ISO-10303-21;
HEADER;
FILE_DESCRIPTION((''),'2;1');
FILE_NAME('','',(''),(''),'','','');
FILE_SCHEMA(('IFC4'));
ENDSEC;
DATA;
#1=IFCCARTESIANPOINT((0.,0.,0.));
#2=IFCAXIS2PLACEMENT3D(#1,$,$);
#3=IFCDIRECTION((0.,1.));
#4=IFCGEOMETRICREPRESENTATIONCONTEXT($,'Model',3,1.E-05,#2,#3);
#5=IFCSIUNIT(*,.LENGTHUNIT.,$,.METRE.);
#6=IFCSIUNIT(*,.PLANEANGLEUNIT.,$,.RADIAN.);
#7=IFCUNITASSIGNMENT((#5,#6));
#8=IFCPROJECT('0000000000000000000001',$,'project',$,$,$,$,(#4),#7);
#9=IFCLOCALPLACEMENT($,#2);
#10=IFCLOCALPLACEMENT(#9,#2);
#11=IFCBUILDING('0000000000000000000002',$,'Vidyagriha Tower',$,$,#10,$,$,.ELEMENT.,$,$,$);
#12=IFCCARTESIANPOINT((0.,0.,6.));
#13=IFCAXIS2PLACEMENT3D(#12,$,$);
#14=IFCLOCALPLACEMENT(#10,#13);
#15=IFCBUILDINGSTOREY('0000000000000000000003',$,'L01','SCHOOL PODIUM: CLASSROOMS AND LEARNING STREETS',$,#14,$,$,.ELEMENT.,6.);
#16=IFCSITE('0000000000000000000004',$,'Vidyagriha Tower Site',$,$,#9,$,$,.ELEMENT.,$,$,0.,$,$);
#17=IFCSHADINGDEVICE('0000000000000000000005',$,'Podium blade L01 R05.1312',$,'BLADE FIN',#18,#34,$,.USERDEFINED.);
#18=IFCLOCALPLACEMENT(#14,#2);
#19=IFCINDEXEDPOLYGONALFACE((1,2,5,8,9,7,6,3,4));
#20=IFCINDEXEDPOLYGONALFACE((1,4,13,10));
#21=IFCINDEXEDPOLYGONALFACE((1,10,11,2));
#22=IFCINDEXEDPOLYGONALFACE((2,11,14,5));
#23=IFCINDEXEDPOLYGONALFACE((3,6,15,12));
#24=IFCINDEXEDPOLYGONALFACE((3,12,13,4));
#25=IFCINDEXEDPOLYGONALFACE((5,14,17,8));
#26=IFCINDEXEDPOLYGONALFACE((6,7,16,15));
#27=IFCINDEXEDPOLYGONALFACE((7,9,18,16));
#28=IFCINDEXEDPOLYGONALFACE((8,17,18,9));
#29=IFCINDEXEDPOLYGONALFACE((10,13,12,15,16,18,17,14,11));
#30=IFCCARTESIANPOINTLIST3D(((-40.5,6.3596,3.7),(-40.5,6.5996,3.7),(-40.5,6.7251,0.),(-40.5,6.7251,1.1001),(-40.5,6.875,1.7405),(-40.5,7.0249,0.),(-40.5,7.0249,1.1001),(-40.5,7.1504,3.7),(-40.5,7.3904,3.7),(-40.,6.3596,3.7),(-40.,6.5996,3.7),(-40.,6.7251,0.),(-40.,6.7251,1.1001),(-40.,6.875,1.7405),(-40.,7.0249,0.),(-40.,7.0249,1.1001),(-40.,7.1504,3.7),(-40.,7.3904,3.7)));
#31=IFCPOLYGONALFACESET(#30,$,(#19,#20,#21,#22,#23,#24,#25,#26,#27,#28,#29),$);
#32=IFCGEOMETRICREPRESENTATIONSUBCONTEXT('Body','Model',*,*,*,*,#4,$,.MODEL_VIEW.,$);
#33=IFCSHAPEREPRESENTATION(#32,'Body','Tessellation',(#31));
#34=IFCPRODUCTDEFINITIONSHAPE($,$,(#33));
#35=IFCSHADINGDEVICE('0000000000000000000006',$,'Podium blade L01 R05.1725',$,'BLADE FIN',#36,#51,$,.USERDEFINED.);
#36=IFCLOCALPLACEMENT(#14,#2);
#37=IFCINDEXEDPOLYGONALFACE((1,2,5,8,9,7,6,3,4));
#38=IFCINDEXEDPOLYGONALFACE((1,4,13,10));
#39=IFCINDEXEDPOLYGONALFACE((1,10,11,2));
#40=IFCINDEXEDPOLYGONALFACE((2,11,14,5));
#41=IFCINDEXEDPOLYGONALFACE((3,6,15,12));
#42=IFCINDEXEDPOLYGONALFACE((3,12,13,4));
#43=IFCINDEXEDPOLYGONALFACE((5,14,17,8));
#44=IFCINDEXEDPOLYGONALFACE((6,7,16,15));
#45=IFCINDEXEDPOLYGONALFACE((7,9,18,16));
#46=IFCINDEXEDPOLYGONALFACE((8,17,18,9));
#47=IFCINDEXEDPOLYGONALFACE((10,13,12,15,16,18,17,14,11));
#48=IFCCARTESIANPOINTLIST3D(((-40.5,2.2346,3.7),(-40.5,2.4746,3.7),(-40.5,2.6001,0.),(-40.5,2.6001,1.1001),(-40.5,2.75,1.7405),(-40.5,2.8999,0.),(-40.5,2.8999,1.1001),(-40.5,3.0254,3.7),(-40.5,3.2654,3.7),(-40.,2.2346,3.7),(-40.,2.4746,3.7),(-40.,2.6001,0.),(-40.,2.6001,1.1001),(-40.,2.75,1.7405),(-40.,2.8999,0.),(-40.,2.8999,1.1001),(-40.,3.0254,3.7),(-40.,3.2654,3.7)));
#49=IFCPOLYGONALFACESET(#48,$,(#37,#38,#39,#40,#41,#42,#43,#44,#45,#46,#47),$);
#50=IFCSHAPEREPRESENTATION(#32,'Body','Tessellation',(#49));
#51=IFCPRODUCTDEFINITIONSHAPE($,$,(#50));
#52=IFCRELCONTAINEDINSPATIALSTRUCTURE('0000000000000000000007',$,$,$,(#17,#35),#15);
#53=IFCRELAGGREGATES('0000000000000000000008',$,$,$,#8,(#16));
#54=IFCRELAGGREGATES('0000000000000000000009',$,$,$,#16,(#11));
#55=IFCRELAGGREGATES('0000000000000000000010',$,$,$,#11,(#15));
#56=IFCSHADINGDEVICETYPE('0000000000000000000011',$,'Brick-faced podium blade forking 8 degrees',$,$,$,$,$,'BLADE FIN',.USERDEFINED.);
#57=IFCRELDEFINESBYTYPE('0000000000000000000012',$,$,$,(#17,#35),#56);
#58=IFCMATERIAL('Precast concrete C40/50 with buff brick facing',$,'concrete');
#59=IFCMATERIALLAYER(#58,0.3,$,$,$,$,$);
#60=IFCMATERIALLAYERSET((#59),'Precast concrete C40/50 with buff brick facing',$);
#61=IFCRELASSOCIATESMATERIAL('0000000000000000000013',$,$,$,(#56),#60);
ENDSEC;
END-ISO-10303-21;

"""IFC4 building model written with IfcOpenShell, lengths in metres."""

from ifc_helpers import new_model, si_unit, direction, frame, origin, place, context, subcontext, project, spatial, polyline, outline, extrude, material, layer, layer_set, type_object, element, save


model = new_model("IFC4")

# Units and contexts
model_context = context("Model", 3, precision=1e-05, world=origin(), true_north=direction((0.0, 1.0)))
body_context = subcontext(model_context, "Body", "Model", "MODEL_VIEW")
ifc_project = project(units=[si_unit("LENGTHUNIT", "METRE"), si_unit("PLANEANGLEUNIT", "RADIAN")], contexts=[model_context])

# Site, building, storey
site_placement = place(None, origin())
site = spatial("IfcSite", under=ifc_project, at=site_placement, Name="Vidyagriha Tower Site", CompositionType="ELEMENT", RefElevation=0.0)
building_placement = place(site_placement, origin())
building = spatial("IfcBuilding", under=site, at=building_placement, Name="Vidyagriha Tower", CompositionType="ELEMENT")
storey_placement = place(building_placement, frame((0.0, 0.0, 6.0)))
storey = spatial("IfcBuildingStorey", under=building, at=storey_placement, Name="L01", Description="SCHOOL PODIUM: CLASSROOMS AND LEARNING STREETS", CompositionType="ELEMENT", Elevation=6.0)

# Shading devices
ifc_material_1 = material(Name="Precast concrete C40/50 with buff brick facing", Category="concrete")
ifc_layer_1 = layer(ifc_material_1, 0.3)
ifc_layer_set_1 = layer_set([ifc_layer_1], Name="Precast concrete C40/50 with buff brick facing")
shading_device_type_1 = type_object("IfcShadingDeviceType", Name="Brick-faced podium blade forking 8 degrees", ElementType="BLADE FIN", PredefinedType="USERDEFINED", material=ifc_layer_set_1)
for number, where, z_axis, x_axis, name in (
    (1, (-40.25, 7.3904, 0.0), (0.0, 0.0, 1.0), (0.0, -1.0, 0.0), "Podium blade L01 R05.1312"),
    (2, (-40.25, 3.2654, 0.0), (0.0, 0.0, 1.0), (0.0, -1.0, 0.0), "Podium blade L01 R05.1725"),
):
    element("IfcShadingDevice", number, at=place(storey_placement, frame(where, z_axis=z_axis, x_axis=x_axis)), inside=storey, type_object=shading_device_type_1, Name=name, ObjectType="BLADE FIN", PredefinedType="USERDEFINED", context=body_context, shape_type="SweptSolid", body=[
        extrude(outline(polyline([(0.6653, 0.0), (0.6653, 1.1001), (1.0308, 3.7), (0.7908, 3.7), (0.5154, 1.7405), (0.24, 3.7), (0.0, 3.7), (0.3655, 1.1001), (0.3655, 0.0), (0.6653, 0.0)])), frame((0.0, 0.25, 0.0), z_axis=(0.0, -1.0, 0.0), x_axis=(1.0, 0.0, 0.0)), (0.0, 0.0, 1.0), 0.5),
    ])

save(model, "model.ifc")
